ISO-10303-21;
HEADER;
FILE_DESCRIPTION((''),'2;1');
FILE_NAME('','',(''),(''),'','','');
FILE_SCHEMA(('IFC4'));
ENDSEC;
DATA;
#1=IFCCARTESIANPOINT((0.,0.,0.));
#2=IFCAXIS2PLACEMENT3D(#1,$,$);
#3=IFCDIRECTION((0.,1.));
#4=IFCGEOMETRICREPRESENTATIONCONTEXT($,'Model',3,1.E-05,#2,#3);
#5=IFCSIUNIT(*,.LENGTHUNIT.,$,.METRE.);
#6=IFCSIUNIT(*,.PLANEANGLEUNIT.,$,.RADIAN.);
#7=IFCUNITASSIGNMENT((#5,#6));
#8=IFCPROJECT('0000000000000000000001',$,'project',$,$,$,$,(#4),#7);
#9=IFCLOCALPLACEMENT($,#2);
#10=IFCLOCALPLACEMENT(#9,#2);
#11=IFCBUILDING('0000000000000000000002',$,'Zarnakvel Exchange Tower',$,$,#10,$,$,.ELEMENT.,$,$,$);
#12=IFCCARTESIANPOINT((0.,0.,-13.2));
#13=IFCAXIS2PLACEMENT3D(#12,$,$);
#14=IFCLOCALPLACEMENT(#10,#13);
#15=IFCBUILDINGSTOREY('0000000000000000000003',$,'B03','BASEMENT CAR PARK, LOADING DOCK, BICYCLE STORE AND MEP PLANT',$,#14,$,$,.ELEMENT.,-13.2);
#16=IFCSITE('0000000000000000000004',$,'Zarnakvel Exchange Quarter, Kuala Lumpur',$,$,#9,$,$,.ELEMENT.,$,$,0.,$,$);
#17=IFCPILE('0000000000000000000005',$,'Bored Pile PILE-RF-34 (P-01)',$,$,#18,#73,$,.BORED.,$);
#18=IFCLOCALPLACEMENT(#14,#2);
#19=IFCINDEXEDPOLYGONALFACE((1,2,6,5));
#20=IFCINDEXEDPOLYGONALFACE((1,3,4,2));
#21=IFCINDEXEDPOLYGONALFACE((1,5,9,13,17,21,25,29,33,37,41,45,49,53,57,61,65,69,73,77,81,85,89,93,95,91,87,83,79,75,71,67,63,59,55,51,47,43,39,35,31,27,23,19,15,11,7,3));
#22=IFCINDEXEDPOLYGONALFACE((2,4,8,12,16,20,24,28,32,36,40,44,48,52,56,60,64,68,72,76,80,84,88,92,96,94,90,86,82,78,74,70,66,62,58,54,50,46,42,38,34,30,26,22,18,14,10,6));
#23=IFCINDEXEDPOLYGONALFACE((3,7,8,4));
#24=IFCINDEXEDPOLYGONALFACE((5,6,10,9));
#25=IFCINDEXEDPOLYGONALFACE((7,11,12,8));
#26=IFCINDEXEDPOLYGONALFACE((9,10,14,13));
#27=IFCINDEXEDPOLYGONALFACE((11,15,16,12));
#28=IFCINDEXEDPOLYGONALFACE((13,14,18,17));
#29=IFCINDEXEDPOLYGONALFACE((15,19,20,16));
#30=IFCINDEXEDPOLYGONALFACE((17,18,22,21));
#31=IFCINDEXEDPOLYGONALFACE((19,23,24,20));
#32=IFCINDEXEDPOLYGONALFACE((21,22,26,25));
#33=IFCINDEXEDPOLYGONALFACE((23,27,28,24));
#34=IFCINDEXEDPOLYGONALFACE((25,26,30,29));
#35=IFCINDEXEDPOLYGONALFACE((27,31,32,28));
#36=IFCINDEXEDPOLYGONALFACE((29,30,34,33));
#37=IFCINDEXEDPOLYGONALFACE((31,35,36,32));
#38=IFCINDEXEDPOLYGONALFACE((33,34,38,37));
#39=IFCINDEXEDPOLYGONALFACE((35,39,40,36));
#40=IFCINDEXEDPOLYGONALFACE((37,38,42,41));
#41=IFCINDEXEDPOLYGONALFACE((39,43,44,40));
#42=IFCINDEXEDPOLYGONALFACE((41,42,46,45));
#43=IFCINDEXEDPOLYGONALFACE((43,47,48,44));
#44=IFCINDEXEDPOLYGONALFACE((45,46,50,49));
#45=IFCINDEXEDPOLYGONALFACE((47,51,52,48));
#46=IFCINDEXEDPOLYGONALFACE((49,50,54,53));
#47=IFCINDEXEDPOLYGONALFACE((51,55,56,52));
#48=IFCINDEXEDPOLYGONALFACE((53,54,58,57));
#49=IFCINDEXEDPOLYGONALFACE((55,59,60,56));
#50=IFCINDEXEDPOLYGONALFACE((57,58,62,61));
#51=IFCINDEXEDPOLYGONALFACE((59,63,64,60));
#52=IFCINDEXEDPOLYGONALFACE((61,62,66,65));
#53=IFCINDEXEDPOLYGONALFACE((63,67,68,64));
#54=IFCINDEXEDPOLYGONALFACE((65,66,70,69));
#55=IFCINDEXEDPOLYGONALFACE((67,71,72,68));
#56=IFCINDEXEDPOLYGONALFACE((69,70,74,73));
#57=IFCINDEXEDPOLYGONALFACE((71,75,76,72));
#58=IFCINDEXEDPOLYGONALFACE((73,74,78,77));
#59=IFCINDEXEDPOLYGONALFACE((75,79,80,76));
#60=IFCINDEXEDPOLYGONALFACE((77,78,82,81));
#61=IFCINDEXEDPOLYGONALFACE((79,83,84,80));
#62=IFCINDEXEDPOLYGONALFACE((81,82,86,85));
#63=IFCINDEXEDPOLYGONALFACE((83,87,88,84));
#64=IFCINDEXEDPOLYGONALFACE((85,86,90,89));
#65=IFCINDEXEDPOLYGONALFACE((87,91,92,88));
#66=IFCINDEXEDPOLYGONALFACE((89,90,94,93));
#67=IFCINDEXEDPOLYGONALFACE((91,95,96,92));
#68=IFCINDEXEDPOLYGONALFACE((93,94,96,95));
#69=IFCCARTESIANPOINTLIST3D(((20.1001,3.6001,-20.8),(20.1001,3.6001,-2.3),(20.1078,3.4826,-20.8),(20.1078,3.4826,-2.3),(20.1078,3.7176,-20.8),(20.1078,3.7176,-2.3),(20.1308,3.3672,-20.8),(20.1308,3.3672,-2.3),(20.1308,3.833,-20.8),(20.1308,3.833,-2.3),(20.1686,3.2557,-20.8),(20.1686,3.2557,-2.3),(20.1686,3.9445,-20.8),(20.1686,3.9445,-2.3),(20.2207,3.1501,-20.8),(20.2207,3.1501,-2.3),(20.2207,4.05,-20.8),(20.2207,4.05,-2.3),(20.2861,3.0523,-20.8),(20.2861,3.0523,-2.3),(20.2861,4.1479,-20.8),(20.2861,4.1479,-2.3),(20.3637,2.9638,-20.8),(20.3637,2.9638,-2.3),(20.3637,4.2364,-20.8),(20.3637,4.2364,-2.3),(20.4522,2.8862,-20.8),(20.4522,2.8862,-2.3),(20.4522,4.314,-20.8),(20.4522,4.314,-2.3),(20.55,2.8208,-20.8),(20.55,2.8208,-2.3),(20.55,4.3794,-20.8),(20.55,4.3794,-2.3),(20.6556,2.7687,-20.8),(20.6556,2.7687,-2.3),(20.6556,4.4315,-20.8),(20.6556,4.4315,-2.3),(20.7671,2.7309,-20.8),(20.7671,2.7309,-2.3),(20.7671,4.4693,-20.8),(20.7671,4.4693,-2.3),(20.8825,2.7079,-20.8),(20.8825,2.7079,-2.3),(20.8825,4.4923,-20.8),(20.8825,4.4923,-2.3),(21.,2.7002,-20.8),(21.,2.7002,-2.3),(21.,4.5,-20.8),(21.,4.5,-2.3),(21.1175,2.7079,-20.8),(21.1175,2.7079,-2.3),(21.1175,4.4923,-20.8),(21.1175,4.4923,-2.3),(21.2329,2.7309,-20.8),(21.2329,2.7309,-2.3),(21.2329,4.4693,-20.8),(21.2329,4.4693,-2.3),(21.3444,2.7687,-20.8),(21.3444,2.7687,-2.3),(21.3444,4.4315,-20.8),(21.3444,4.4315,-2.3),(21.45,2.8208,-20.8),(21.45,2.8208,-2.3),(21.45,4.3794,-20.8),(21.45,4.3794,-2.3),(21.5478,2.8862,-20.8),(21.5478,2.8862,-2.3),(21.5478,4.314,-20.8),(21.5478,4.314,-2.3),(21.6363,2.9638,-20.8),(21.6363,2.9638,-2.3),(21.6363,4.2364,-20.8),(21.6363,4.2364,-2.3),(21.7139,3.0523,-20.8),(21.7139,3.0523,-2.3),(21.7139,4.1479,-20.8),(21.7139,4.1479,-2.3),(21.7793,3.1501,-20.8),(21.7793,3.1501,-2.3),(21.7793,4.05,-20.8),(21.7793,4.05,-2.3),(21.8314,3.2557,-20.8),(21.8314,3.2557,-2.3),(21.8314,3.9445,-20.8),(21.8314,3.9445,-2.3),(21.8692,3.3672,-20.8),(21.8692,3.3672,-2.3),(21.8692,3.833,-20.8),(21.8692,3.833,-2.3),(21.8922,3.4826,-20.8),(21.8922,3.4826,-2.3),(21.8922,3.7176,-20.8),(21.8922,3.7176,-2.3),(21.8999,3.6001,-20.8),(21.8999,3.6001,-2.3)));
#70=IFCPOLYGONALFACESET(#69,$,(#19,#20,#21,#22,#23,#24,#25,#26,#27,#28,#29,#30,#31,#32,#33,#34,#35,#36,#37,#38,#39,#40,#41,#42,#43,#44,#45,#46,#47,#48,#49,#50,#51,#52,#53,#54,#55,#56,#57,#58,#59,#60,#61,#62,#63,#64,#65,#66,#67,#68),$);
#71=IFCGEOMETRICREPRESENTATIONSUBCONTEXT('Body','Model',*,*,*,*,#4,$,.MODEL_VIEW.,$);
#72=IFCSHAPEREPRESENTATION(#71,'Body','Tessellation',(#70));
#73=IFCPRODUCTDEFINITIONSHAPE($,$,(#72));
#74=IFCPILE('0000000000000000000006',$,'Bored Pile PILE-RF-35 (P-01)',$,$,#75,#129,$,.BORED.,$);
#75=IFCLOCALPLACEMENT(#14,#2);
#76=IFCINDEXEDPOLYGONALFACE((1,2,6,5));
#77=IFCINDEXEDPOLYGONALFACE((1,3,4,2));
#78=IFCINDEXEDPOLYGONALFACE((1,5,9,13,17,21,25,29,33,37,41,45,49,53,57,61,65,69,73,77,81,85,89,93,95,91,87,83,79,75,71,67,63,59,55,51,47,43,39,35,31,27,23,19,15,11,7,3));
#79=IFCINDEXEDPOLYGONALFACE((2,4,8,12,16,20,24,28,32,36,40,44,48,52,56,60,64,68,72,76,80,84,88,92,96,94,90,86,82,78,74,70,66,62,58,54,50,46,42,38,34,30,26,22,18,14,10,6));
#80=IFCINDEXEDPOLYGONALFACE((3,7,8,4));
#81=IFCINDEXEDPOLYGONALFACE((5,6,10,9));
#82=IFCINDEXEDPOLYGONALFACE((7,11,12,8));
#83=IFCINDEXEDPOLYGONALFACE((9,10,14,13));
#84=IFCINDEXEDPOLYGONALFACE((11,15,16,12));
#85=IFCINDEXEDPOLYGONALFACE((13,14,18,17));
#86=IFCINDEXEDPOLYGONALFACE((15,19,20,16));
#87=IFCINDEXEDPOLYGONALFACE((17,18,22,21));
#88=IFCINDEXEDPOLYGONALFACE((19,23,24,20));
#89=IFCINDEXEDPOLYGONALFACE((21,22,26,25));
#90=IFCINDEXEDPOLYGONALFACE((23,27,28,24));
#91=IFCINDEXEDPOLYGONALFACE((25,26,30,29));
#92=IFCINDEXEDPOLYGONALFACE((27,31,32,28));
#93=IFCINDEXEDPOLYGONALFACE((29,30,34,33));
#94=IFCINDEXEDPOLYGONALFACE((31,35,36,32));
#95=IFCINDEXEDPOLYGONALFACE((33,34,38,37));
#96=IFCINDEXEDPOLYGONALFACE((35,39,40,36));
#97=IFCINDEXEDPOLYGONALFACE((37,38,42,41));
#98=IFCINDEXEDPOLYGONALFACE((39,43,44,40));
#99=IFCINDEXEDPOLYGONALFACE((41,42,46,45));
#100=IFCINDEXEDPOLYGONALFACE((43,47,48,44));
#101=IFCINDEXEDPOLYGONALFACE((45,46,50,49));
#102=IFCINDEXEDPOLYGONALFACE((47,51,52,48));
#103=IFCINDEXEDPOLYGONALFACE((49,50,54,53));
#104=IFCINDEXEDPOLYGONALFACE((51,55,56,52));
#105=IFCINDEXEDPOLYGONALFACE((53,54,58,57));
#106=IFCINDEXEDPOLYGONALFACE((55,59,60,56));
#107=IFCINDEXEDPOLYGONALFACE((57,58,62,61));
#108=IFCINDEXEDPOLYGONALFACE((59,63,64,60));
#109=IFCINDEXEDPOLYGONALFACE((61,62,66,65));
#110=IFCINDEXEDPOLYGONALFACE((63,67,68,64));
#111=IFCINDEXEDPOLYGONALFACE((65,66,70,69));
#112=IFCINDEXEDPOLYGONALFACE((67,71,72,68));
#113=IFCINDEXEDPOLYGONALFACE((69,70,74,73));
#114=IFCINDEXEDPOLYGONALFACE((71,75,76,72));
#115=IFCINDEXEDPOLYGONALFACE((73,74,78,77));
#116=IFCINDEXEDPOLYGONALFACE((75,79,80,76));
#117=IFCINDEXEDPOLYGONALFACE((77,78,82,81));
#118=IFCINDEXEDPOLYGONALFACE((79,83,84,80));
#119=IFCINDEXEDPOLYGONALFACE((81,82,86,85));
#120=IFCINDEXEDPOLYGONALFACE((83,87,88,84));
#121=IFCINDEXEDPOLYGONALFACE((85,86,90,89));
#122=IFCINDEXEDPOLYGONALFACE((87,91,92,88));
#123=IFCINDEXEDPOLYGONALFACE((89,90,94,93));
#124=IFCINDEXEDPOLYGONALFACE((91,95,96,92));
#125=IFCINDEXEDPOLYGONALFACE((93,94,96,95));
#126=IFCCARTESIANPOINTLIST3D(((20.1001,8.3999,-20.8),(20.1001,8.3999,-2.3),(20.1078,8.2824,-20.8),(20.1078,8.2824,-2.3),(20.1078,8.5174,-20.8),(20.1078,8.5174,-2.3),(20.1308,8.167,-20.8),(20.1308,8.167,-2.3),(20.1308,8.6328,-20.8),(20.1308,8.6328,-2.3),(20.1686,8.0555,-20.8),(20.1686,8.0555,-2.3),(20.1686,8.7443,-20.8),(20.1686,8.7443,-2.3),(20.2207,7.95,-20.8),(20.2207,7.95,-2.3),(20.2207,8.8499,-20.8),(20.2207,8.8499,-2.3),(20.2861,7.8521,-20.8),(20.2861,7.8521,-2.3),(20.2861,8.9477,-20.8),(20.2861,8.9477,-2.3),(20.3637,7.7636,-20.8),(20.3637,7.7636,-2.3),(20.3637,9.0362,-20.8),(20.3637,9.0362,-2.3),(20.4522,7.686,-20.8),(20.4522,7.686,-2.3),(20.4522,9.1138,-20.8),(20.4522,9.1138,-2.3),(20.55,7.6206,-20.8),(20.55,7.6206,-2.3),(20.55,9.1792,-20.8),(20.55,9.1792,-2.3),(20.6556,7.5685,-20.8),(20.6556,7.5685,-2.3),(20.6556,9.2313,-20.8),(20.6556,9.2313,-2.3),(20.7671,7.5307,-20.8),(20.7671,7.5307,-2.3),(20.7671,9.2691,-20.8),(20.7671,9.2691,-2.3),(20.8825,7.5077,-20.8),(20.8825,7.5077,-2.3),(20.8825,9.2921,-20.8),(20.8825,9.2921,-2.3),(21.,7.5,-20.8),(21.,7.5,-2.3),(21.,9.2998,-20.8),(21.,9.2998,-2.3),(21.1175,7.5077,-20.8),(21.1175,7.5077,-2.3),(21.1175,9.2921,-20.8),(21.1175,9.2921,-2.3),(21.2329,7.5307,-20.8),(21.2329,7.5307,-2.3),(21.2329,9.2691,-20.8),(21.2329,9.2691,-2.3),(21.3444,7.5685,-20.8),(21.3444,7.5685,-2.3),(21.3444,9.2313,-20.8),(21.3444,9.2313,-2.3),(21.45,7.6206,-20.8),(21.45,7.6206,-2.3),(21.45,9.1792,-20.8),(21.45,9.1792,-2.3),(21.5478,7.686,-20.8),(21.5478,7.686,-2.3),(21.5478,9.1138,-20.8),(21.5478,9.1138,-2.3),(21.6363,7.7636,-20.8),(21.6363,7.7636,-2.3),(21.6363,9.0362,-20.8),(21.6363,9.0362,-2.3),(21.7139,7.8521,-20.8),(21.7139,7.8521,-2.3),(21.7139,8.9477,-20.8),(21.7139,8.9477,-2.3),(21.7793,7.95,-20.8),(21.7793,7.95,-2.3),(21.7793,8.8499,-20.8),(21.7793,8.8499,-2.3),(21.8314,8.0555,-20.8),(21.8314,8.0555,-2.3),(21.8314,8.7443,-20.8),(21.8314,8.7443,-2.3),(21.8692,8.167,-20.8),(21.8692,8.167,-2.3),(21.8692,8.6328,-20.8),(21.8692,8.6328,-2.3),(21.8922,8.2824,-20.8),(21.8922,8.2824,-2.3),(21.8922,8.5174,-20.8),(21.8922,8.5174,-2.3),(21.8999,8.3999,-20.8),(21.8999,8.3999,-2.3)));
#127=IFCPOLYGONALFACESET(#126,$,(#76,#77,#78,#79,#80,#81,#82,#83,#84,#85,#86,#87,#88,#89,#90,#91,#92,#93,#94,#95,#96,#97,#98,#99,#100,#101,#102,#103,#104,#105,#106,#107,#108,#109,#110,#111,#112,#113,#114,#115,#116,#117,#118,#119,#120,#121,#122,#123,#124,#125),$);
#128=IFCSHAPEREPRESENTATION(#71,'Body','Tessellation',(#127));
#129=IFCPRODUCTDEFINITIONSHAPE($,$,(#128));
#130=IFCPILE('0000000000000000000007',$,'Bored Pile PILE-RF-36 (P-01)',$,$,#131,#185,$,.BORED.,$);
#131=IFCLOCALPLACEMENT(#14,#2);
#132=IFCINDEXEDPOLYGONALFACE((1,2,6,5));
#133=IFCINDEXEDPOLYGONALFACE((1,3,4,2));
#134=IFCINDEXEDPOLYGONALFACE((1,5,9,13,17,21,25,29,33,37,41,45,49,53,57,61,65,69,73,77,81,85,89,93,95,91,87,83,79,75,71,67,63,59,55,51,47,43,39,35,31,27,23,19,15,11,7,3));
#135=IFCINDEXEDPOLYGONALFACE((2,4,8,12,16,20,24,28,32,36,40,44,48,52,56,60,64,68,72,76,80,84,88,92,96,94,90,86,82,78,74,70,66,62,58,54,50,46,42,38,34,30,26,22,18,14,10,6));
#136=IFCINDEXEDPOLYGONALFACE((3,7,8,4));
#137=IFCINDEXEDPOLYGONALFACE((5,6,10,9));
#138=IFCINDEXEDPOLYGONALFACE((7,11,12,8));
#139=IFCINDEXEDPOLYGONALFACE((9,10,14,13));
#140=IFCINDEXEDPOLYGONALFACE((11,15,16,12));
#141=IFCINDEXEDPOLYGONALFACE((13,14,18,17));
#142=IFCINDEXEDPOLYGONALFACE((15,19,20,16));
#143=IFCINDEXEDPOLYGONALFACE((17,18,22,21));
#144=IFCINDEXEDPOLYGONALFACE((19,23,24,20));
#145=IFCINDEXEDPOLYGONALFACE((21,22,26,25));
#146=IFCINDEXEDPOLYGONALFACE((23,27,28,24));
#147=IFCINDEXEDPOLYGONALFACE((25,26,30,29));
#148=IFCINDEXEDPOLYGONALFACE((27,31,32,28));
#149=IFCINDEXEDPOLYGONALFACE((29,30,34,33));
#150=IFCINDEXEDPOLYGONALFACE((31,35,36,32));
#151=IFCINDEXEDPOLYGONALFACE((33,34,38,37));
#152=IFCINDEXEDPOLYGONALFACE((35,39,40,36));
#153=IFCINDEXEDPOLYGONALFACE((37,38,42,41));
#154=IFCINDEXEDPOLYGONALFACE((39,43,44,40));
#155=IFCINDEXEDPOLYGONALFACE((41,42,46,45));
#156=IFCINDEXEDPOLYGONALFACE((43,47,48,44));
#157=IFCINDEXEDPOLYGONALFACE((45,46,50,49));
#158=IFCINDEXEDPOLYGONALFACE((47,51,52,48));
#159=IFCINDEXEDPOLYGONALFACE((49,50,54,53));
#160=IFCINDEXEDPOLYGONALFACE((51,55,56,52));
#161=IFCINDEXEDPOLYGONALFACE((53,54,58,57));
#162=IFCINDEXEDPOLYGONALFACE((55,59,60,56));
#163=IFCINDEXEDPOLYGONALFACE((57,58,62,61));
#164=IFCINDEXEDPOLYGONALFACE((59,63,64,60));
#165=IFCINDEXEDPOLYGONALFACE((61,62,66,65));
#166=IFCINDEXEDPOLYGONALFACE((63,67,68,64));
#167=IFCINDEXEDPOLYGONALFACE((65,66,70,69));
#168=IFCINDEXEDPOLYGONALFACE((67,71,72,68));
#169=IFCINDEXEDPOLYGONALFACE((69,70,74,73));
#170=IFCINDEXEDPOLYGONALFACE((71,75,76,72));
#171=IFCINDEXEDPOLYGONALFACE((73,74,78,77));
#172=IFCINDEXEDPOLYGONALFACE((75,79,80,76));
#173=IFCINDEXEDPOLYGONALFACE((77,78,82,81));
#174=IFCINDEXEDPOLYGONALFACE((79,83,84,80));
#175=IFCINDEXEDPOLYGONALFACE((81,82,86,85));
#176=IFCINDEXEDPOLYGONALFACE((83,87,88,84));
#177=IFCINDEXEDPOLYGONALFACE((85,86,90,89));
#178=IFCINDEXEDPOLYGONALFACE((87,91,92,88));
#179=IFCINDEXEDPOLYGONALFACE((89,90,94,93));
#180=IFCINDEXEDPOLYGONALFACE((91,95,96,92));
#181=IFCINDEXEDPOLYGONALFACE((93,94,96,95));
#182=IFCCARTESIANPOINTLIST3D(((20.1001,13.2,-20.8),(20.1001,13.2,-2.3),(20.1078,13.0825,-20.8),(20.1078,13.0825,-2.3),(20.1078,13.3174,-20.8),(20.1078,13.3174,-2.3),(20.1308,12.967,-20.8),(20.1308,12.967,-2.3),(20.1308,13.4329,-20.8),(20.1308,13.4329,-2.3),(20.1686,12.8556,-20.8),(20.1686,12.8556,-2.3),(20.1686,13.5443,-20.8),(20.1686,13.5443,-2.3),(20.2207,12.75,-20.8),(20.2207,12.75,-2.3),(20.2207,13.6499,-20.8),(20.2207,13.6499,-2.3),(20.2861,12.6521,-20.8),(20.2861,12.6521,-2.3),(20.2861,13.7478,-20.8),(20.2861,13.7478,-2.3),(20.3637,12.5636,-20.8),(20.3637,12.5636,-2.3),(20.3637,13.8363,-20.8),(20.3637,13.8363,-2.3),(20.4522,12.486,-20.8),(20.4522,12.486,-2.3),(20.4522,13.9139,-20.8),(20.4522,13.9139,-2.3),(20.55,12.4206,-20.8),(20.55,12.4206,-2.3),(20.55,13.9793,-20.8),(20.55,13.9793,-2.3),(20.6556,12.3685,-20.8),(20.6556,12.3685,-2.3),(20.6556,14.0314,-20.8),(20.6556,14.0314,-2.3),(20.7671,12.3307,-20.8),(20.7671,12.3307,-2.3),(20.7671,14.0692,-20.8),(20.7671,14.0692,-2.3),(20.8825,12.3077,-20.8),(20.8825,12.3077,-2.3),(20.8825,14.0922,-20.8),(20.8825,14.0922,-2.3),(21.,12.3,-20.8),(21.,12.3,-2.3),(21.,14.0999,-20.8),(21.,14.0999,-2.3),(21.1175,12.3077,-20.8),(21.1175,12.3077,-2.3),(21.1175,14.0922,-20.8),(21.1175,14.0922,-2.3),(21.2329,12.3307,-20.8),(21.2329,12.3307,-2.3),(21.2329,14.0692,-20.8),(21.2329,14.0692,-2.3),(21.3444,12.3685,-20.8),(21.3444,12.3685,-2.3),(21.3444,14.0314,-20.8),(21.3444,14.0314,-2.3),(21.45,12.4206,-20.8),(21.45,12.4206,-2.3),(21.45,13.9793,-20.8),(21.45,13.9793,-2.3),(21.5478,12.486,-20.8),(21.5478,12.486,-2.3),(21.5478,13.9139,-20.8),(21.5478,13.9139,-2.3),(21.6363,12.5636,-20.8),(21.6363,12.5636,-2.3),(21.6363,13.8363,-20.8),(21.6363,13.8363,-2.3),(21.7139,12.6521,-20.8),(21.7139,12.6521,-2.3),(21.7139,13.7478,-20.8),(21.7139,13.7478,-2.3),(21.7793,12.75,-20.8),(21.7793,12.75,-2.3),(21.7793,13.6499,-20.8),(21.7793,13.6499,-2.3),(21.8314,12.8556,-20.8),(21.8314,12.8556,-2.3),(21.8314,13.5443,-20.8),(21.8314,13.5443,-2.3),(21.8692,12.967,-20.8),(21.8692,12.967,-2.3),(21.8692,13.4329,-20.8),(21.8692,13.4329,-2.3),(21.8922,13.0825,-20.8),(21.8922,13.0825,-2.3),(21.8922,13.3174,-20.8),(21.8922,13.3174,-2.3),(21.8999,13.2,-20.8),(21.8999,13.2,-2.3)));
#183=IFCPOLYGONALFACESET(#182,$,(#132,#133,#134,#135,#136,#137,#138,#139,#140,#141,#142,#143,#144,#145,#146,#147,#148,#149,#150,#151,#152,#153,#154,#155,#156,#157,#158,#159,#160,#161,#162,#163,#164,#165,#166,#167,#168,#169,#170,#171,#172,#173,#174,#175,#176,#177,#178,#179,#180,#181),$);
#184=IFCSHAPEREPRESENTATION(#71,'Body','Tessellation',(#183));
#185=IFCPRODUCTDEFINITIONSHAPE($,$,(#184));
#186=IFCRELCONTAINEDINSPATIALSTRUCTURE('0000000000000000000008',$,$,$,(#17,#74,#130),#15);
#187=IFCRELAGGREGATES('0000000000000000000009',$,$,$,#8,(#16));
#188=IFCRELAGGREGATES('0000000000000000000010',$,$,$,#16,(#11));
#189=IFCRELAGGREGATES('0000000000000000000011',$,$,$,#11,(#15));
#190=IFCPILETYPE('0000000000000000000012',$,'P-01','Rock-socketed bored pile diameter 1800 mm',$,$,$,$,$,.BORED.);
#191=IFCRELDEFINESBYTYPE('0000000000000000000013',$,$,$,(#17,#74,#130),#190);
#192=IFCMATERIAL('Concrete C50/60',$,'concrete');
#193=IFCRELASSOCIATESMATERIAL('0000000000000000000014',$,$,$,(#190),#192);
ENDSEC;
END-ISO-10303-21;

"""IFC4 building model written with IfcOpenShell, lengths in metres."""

from ifc_helpers import new_model, si_unit, direction, frame, origin, origin_2d, place, context, subcontext, project, spatial, circle, extrude, material, material_profile, profile_set, type_object, element, save


model = new_model("IFC4")

# Units and contexts
model_context = context("Model", 3, precision=1e-05, world=origin(), true_north=direction((0.0, 1.0)))
body_context = subcontext(model_context, "Body", "Model", "MODEL_VIEW")
ifc_project = project(units=[si_unit("LENGTHUNIT", "METRE"), si_unit("PLANEANGLEUNIT", "RADIAN")], contexts=[model_context])

# Site, building, storey
site_placement = place(None, origin())
site = spatial("IfcSite", under=ifc_project, at=site_placement, Name="Zarnakvel Exchange Quarter, Kuala Lumpur", CompositionType="ELEMENT", RefElevation=0.0)
building_placement = place(site_placement, origin())
building = spatial("IfcBuilding", under=site, at=building_placement, Name="Zarnakvel Exchange Tower", CompositionType="ELEMENT")
storey_placement = place(building_placement, frame((0.0, 0.0, -13.2)))
storey = spatial("IfcBuildingStorey", under=building, at=storey_placement, Name="B03", Description="BASEMENT CAR PARK, LOADING DOCK, BICYCLE STORE AND MEP PLANT", CompositionType="ELEMENT", Elevation=-13.2)

# Shared definitions
ifc_material_1 = material(Name="Concrete C50/60", Category="concrete")

# Piles
ifc_material_profile_1 = material_profile(ifc_material_1, circle(Radius=0.8999, at=origin_2d()))
ifc_profile_set_1 = profile_set([ifc_material_profile_1], Name="Concrete C50/60")
pile_type_1 = type_object("IfcPileType", Name="P-01", Description="Rock-socketed bored pile diameter 1800 mm", PredefinedType="BORED", material=ifc_profile_set_1)
for number, where, z_axis, x_axis, name in (
    (1, (21.0, 3.6001, -2.3), (0.0, 0.0, -1.0), (1.0, 0.0, 0.0), "Bored Pile PILE-RF-34 (P-01)"),
    (2, (21.0, 8.3999, -2.3), (0.0, 0.0, -1.0), (1.0, 0.0, 0.0), "Bored Pile PILE-RF-35 (P-01)"),
    (3, (21.0, 13.2, -2.3), (0.0, 0.0, -1.0), (1.0, 0.0, 0.0), "Bored Pile PILE-RF-36 (P-01)"),
):
    element("IfcPile", number, at=place(storey_placement, frame(where, z_axis=z_axis, x_axis=x_axis)), inside=storey, type_object=pile_type_1, Name=name, PredefinedType="BORED", context=body_context, shape_type="SweptSolid", body=[
        extrude(circle(Radius=0.8999, at=origin_2d()), origin(), (0.0, 0.0, 1.0), 18.5),
    ])

save(model, "model.ifc")
